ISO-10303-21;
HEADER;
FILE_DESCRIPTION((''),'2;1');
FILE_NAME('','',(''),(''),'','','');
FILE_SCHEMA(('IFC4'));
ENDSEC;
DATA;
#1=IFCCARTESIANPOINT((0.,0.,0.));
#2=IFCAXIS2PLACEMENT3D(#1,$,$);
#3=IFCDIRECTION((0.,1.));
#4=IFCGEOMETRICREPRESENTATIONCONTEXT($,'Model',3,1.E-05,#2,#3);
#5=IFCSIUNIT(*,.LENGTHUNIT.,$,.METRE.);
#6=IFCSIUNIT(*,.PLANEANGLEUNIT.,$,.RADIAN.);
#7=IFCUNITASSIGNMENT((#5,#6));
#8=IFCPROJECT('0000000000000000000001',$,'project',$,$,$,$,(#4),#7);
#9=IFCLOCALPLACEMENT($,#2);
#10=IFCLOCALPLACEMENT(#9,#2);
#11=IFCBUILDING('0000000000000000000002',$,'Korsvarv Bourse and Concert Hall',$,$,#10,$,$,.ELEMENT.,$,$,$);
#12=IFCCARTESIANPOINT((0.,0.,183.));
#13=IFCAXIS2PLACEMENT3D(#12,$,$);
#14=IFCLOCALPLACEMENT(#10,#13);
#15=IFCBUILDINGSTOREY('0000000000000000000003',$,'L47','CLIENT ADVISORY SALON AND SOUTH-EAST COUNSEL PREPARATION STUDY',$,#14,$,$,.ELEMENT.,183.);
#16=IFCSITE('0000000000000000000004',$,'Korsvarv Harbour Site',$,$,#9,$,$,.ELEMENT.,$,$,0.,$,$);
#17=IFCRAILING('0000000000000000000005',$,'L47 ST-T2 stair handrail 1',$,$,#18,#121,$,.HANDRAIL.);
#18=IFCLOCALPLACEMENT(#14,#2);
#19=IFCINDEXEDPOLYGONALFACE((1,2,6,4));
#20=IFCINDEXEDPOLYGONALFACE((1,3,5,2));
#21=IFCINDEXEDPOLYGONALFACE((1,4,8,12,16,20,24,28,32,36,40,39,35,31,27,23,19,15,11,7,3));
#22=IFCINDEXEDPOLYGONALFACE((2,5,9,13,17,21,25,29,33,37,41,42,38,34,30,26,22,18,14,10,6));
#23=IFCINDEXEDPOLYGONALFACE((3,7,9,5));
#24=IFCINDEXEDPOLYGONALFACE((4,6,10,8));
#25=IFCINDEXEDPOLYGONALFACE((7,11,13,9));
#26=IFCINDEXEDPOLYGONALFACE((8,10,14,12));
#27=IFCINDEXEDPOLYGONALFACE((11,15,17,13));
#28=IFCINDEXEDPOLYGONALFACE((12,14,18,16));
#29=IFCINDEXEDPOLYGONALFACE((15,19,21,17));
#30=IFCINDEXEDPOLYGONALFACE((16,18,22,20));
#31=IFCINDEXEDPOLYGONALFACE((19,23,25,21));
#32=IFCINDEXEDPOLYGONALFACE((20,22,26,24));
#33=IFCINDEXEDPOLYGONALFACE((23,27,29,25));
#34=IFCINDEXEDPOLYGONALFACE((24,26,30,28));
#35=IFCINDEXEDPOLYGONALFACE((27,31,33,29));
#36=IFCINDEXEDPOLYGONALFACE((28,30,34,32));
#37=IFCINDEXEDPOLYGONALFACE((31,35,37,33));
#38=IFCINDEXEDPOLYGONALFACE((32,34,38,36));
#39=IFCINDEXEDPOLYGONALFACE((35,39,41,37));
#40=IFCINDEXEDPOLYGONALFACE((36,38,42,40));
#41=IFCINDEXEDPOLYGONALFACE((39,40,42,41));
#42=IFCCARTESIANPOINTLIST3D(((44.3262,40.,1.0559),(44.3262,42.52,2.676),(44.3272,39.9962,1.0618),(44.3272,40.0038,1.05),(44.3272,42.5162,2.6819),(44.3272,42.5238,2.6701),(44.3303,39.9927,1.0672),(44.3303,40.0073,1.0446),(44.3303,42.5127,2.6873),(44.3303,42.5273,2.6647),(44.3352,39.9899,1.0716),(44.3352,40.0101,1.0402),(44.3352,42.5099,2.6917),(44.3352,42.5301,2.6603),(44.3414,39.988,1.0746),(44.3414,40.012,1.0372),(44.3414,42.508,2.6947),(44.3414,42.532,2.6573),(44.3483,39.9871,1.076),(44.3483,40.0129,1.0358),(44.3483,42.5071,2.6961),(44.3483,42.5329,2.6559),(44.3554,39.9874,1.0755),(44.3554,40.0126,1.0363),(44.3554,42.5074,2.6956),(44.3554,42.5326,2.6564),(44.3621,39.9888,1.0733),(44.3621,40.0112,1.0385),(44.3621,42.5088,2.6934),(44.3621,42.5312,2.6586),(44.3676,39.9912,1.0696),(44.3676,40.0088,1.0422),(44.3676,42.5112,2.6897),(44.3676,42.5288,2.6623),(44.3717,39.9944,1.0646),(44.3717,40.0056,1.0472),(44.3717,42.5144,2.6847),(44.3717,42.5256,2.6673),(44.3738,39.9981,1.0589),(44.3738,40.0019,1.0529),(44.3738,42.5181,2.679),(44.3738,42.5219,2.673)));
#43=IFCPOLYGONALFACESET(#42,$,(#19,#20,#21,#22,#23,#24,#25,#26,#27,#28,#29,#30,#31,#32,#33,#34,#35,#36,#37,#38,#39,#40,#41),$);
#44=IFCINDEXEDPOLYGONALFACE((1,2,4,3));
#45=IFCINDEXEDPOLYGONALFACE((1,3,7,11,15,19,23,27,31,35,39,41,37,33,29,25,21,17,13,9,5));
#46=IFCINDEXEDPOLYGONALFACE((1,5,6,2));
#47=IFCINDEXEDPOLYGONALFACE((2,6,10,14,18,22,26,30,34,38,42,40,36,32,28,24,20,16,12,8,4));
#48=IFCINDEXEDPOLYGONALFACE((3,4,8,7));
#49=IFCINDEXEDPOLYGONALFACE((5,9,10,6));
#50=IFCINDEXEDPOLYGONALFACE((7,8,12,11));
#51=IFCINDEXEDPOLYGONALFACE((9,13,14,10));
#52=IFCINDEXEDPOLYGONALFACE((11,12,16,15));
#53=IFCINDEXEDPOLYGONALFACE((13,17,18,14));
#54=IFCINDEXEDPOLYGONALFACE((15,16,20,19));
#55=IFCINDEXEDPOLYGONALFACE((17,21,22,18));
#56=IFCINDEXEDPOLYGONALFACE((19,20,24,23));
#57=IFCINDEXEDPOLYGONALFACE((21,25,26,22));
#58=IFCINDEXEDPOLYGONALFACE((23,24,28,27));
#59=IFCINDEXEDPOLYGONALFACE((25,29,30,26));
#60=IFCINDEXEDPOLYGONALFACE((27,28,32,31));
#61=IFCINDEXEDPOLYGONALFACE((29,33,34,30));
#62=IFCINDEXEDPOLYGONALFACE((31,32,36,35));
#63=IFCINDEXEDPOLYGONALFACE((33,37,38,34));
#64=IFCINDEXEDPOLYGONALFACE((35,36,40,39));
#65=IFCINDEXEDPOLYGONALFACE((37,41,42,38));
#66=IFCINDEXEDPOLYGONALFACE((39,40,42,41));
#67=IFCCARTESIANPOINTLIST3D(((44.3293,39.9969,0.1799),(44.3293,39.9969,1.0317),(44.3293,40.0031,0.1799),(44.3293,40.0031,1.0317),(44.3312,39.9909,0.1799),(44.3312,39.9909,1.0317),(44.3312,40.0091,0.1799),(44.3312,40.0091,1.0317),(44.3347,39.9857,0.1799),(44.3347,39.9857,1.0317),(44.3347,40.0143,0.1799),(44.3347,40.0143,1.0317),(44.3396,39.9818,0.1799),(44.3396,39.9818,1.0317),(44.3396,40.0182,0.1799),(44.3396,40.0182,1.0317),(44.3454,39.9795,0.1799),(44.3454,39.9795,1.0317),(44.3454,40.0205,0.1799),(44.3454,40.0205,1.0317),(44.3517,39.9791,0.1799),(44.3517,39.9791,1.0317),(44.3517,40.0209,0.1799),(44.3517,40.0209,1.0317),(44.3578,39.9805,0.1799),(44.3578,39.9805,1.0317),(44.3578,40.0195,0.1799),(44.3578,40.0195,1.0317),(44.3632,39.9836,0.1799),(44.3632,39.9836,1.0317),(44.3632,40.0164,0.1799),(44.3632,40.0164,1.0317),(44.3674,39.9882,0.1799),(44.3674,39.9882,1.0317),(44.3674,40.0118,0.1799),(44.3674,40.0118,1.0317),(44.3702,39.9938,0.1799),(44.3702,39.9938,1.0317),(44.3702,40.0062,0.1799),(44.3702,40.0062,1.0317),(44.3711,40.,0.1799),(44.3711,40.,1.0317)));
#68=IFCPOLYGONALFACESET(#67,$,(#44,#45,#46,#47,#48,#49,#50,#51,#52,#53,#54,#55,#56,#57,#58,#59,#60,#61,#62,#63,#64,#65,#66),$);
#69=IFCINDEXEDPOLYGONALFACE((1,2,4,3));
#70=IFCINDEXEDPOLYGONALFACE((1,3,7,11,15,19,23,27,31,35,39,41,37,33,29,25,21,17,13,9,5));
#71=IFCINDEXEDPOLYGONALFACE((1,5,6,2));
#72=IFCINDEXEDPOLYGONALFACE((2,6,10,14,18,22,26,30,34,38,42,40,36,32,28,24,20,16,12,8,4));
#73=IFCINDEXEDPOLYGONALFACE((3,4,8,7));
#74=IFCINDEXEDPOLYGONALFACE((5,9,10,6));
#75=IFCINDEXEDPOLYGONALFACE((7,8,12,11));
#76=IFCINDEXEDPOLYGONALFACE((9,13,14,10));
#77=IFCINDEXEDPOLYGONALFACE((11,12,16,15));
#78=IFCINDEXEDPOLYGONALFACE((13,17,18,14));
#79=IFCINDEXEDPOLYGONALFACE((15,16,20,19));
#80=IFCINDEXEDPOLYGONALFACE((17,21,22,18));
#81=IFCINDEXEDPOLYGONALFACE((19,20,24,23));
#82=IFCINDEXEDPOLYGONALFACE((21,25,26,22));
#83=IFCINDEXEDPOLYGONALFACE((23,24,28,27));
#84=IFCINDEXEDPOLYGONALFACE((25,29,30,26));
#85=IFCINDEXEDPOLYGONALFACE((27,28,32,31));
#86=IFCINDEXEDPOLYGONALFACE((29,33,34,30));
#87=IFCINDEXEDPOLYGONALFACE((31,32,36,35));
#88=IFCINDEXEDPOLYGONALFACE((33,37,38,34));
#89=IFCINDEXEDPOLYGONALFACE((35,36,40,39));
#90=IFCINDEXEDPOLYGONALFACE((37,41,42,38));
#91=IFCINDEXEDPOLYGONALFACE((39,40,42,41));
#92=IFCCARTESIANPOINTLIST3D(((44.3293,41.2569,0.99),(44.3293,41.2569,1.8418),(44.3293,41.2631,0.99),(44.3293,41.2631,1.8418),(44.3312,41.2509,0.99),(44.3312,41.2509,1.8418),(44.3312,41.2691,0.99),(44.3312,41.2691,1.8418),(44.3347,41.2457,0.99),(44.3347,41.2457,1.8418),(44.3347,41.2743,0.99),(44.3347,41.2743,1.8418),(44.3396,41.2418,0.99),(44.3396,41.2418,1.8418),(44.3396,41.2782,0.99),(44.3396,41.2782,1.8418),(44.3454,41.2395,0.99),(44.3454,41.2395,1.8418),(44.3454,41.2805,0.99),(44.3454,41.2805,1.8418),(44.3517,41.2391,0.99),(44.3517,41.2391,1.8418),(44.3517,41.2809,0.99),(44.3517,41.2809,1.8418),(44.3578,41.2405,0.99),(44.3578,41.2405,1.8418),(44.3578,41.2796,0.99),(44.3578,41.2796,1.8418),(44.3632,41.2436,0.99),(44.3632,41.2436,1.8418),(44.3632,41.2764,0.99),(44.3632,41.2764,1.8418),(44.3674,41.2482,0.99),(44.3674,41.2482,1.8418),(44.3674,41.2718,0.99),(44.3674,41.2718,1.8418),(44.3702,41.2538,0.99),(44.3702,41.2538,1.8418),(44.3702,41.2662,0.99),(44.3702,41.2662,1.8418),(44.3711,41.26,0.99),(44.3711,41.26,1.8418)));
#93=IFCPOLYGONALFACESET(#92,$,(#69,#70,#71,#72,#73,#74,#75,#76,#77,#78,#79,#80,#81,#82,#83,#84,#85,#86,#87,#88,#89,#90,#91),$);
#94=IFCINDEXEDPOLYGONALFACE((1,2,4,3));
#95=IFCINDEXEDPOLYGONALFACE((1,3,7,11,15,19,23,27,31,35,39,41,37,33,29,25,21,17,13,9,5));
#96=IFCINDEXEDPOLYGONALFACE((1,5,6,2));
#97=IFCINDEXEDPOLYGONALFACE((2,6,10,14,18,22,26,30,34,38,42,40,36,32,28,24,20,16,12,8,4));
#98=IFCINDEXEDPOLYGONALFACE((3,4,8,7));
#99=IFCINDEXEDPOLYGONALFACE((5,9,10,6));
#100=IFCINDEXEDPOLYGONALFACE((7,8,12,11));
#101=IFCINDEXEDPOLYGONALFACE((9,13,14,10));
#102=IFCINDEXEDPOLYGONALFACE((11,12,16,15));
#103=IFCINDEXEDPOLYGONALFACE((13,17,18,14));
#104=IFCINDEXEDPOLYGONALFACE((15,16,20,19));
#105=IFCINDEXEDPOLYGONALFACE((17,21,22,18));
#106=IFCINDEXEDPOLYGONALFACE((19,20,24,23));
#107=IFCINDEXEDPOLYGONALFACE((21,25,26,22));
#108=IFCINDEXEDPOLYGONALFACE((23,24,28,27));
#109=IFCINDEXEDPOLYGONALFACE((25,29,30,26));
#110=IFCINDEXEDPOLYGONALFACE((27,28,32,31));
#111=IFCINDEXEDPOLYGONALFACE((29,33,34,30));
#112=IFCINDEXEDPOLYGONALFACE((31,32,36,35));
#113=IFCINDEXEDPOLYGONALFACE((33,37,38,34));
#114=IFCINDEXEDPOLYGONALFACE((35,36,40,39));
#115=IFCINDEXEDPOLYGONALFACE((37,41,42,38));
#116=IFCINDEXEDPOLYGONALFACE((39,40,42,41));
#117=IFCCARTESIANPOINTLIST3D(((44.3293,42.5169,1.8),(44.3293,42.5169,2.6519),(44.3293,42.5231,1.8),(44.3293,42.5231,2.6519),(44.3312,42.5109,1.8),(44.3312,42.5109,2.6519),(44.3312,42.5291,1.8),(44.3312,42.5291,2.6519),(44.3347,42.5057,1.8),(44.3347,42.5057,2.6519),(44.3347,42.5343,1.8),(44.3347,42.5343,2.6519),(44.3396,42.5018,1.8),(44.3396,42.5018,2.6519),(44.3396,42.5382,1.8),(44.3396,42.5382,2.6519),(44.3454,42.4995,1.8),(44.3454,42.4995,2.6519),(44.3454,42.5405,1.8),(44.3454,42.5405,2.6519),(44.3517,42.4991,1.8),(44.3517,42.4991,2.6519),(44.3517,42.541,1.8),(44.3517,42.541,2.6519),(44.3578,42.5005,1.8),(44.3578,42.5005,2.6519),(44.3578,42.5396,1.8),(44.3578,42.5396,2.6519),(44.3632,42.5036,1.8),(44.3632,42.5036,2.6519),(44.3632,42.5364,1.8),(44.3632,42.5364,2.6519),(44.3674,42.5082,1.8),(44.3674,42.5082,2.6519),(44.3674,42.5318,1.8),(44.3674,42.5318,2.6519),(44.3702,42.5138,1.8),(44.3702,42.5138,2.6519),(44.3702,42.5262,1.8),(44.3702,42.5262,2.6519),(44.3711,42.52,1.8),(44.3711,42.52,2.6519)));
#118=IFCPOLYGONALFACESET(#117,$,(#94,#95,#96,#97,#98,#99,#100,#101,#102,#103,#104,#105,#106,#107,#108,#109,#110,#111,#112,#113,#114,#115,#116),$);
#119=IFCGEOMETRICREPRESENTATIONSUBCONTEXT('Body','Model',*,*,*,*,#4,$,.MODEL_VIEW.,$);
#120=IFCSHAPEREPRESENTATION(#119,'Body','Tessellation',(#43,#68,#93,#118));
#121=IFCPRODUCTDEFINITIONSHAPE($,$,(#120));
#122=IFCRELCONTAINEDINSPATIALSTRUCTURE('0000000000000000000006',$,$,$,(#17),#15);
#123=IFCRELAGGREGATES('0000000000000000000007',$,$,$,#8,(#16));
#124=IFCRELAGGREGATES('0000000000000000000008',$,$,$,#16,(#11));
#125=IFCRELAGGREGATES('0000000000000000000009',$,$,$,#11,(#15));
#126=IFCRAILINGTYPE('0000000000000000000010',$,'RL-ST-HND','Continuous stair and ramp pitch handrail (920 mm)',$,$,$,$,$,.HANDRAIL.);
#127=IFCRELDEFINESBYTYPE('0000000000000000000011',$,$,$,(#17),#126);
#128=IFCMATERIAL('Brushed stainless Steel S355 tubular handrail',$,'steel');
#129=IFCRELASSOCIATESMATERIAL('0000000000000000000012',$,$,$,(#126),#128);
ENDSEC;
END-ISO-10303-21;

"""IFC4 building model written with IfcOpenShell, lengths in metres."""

from ifc_helpers import new_model, si_unit, direction, frame, origin, origin_2d, place, context, subcontext, project, spatial, circle, extrude, material, type_object, element, save


model = new_model("IFC4")

# Units and contexts
model_context = context("Model", 3, precision=1e-05, world=origin(), true_north=direction((0.0, 1.0)))
body_context = subcontext(model_context, "Body", "Model", "MODEL_VIEW")
ifc_project = project(units=[si_unit("LENGTHUNIT", "METRE"), si_unit("PLANEANGLEUNIT", "RADIAN")], contexts=[model_context])

# Site, building, storey
site_placement = place(None, origin())
site = spatial("IfcSite", under=ifc_project, at=site_placement, Name="Korsvarv Harbour Site", CompositionType="ELEMENT", RefElevation=0.0)
building_placement = place(site_placement, origin())
building = spatial("IfcBuilding", under=site, at=building_placement, Name="Korsvarv Bourse and Concert Hall", CompositionType="ELEMENT")
storey_placement = place(building_placement, frame((0.0, 0.0, 183.0)))
storey = spatial("IfcBuildingStorey", under=building, at=storey_placement, Name="L47", Description="CLIENT ADVISORY SALON AND SOUTH-EAST COUNSEL PREPARATION STUDY", CompositionType="ELEMENT", Elevation=183.0)

# Railing
ifc_material_1 = material(Name="Brushed stainless Steel S355 tubular handrail", Category="steel")
railing_type_1 = type_object("IfcRailingType", Name="RL-ST-HND", Description="Continuous stair and ramp pitch handrail (920 mm)", PredefinedType="HANDRAIL", material=ifc_material_1)
railing_1_placement = place(storey_placement, frame((44.3501, 40.0, 0.1799)))
element("IfcRailing", 1, at=railing_1_placement, inside=storey, type_object=railing_type_1, Name="L47 ST-T2 stair handrail 1", PredefinedType="HANDRAIL", context=body_context, shape_type="SweptSolid", body=[
    extrude(circle(Radius=0.0239, at=origin_2d()), frame((0.0, 0.0, 0.876), z_axis=(0.0, 0.841163, 0.540782), x_axis=(-1.0, 0.0, 0.0)), (0.0, 0.0, 1.0), 2.9958),
    extrude(circle(Radius=0.021, at=origin_2d()), origin(), (0.0, 0.0, 1.0), 0.8518),
    extrude(circle(Radius=0.021, at=origin_2d()), frame((0.0, 1.26, 0.8101)), (0.0, 0.0, 1.0), 0.8518),
    extrude(circle(Radius=0.021, at=origin_2d()), frame((0.0, 2.52, 1.6201)), (0.0, 0.0, 1.0), 0.8518),
])

save(model, "model.ifc")
